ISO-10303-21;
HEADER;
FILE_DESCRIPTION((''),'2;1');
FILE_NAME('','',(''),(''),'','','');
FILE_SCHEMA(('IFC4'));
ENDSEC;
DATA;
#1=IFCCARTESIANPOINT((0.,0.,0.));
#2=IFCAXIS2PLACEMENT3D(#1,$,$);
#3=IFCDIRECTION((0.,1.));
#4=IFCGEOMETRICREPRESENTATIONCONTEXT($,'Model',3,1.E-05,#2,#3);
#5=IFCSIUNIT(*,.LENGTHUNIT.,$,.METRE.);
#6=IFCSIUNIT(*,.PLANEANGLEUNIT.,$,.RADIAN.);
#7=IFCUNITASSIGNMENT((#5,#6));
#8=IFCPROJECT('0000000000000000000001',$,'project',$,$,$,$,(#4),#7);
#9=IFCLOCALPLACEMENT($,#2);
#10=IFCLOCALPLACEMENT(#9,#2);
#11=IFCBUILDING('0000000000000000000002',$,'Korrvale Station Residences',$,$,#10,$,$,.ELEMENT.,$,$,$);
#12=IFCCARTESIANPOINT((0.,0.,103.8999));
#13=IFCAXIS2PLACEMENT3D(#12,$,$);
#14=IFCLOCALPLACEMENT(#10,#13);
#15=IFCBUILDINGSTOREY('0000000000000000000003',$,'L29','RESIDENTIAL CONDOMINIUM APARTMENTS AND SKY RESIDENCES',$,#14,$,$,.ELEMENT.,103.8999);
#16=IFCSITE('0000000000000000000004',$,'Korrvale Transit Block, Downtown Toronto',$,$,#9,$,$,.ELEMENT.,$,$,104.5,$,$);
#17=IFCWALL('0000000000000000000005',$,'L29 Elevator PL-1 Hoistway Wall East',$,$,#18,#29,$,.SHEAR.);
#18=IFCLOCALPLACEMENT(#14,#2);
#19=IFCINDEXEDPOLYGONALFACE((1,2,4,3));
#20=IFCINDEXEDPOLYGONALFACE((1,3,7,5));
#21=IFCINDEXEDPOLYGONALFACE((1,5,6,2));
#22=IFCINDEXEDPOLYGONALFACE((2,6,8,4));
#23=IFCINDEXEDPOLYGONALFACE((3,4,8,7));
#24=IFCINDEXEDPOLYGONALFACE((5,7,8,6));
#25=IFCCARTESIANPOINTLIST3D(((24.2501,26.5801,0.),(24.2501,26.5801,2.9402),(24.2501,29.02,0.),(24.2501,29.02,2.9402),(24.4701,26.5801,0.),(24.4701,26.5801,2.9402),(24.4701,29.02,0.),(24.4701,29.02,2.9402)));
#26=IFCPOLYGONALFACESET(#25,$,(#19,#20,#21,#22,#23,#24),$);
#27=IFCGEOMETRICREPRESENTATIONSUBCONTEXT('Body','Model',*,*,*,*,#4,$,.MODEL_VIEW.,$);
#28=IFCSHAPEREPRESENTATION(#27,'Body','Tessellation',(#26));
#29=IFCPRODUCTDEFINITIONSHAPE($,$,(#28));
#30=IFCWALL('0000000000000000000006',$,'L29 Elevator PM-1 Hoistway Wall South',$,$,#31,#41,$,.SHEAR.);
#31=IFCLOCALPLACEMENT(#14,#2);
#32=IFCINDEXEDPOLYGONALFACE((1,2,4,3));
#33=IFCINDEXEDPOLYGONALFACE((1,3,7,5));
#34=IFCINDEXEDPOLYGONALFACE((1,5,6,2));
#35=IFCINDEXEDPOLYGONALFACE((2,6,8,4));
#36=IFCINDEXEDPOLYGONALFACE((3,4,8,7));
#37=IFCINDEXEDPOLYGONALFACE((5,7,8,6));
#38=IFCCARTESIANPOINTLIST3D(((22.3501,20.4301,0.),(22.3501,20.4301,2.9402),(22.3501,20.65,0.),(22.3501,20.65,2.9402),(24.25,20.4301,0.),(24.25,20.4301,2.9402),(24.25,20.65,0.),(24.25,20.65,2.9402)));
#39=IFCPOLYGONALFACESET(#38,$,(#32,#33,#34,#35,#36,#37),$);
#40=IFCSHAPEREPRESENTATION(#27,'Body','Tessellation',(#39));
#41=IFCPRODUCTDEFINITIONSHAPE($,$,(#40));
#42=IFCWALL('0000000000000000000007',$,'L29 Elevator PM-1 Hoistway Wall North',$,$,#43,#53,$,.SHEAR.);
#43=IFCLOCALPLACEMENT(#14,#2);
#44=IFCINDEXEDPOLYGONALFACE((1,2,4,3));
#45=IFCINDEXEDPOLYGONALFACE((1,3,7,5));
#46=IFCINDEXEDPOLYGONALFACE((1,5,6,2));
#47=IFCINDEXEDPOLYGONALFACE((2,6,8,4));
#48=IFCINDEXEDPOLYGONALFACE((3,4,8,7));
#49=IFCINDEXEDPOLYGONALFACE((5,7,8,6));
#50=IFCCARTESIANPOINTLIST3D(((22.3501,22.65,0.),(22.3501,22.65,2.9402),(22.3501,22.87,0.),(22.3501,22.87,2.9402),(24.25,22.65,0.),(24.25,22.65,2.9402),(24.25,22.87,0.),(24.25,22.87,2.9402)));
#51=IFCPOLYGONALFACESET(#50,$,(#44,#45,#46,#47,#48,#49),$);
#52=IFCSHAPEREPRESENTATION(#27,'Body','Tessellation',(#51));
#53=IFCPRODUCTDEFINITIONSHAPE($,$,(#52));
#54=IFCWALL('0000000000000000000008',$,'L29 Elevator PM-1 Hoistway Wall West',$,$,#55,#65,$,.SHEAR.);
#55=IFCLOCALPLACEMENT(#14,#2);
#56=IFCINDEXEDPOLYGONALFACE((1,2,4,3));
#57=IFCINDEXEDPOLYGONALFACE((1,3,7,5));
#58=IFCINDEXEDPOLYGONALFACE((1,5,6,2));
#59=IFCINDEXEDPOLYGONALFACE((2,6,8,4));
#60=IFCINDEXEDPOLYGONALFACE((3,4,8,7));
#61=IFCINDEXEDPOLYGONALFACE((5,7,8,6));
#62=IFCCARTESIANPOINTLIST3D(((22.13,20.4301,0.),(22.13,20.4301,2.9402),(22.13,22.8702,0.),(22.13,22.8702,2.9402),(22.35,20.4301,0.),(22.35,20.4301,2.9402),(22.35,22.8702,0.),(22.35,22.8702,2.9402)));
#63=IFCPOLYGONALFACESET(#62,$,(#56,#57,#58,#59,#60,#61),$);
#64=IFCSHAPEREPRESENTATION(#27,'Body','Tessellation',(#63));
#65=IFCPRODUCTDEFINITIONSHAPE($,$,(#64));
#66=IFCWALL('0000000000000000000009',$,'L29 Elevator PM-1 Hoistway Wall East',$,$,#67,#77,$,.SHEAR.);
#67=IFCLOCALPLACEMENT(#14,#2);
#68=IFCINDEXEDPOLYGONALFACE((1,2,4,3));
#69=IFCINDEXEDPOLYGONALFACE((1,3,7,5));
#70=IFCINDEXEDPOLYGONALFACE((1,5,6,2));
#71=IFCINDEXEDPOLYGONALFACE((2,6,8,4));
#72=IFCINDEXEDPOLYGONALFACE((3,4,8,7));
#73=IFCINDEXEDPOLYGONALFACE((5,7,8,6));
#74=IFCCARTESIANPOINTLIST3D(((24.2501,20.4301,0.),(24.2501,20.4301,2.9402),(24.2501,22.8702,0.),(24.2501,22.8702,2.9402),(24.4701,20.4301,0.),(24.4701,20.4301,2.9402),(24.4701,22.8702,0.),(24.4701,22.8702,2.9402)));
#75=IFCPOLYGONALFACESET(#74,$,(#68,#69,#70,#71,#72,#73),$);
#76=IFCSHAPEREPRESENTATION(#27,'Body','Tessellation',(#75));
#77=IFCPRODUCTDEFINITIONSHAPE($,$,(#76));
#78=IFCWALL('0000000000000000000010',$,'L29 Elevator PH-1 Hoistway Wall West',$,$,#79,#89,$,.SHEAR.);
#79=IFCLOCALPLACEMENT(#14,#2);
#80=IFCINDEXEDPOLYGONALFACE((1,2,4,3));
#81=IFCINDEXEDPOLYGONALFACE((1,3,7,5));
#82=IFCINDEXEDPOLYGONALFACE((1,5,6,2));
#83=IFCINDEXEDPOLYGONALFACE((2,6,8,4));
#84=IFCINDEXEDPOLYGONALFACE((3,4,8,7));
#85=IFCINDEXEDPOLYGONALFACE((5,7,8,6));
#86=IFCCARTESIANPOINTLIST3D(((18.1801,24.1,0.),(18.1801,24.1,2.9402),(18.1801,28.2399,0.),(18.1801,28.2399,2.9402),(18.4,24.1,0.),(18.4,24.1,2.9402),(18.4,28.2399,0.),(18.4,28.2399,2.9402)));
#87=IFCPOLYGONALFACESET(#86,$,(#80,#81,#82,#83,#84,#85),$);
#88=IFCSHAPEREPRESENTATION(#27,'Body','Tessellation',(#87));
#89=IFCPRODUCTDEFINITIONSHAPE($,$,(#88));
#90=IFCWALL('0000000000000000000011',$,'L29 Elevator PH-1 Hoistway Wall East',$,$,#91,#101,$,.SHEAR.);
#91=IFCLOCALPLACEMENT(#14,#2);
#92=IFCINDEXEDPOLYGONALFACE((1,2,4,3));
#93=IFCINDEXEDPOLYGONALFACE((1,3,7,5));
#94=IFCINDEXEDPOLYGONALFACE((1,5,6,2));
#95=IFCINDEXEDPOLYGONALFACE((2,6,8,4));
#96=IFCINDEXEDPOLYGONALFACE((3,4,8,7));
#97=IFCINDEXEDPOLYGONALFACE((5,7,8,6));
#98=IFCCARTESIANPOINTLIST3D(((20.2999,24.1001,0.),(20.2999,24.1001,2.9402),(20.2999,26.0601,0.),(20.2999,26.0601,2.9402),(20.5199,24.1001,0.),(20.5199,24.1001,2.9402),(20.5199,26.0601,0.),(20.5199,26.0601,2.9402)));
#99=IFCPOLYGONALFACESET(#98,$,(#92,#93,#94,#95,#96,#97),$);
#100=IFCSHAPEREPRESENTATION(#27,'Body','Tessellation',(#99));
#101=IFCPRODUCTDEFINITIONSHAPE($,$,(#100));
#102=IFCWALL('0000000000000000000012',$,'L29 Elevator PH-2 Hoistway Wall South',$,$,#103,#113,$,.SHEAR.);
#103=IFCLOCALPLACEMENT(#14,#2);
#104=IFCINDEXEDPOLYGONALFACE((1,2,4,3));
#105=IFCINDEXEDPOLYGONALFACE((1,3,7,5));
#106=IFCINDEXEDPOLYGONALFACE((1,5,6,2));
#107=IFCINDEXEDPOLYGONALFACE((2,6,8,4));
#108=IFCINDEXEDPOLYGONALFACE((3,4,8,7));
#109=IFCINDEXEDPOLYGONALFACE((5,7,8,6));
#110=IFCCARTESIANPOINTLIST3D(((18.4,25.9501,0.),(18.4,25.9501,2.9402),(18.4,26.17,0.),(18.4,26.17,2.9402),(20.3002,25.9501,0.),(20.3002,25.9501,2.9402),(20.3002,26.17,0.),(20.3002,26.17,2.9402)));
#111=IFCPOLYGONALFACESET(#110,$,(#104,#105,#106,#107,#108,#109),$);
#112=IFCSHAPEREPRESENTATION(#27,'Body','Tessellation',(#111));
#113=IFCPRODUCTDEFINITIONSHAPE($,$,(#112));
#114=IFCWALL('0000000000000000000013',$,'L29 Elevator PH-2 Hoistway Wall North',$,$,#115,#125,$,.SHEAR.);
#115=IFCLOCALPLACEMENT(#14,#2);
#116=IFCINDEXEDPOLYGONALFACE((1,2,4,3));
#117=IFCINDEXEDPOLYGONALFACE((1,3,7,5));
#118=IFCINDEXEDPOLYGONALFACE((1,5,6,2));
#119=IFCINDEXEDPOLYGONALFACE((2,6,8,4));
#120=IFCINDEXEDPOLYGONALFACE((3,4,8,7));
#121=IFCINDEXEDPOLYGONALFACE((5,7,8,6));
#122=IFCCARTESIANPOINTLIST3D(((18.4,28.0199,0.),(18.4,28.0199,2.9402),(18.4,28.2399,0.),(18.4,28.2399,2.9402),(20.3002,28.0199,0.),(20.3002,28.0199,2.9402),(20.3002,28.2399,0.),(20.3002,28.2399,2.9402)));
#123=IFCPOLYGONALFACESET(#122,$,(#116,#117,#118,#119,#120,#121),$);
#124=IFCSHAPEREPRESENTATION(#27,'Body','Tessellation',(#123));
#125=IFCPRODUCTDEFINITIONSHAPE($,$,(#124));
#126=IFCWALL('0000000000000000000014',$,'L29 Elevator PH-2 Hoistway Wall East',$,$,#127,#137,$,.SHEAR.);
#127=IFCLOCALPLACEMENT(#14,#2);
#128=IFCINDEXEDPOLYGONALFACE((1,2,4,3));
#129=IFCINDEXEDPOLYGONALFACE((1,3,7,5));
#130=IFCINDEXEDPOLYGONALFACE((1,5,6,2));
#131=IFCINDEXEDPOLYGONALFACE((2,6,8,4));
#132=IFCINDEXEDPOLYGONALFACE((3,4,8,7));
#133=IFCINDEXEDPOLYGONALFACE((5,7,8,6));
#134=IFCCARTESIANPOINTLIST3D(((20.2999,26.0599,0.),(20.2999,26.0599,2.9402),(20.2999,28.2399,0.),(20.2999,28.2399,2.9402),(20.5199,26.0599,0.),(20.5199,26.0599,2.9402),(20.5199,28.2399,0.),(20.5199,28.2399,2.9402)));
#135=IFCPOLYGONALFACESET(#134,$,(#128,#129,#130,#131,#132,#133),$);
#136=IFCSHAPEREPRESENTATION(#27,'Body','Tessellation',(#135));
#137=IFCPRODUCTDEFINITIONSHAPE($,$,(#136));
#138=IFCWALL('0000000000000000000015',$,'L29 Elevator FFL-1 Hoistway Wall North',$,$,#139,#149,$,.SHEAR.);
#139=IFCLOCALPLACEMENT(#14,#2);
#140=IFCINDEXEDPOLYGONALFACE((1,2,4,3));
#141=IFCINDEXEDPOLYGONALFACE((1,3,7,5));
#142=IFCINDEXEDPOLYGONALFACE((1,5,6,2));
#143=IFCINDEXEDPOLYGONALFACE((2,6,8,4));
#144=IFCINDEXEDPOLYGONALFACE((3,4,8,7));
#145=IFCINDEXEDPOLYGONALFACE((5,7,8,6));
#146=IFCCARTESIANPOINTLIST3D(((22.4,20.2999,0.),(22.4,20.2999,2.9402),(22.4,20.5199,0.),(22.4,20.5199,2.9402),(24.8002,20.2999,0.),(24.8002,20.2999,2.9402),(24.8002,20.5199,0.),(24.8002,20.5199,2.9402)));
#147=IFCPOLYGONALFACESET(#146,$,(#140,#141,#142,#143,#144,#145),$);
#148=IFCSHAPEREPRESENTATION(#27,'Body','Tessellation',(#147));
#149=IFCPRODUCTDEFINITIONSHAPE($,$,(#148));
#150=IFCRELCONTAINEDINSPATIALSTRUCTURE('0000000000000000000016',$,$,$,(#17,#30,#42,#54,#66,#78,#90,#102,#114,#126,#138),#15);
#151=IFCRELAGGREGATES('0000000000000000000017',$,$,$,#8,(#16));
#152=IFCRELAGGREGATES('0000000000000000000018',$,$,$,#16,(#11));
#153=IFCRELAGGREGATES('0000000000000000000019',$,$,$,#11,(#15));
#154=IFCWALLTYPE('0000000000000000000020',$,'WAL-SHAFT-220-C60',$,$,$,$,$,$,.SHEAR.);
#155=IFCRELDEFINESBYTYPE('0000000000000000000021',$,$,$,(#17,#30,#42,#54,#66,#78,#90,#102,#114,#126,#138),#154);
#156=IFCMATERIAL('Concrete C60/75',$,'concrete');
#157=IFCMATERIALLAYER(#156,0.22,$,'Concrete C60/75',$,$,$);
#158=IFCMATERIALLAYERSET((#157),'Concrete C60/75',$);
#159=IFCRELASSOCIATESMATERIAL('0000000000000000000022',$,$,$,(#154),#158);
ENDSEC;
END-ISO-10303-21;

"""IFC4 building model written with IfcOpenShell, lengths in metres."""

from ifc_helpers import new_model, si_unit, direction, frame, frame_2d, origin, place, context, subcontext, project, spatial, rectangle, extrude, material, layer, layer_set, type_object, element, save


model = new_model("IFC4")

# Units and contexts
model_context = context("Model", 3, precision=1e-05, world=origin(), true_north=direction((0.0, 1.0)))
body_context = subcontext(model_context, "Body", "Model", "MODEL_VIEW")
ifc_project = project(units=[si_unit("LENGTHUNIT", "METRE"), si_unit("PLANEANGLEUNIT", "RADIAN")], contexts=[model_context])

# Site, building, storey
site_placement = place(None, origin())
site = spatial("IfcSite", under=ifc_project, at=site_placement, Name="Korrvale Transit Block, Downtown Toronto", CompositionType="ELEMENT", RefElevation=104.5)
building_placement = place(site_placement, origin())
building = spatial("IfcBuilding", under=site, at=building_placement, Name="Korrvale Station Residences", CompositionType="ELEMENT")
storey_placement = place(building_placement, frame((0.0, 0.0, 103.8999)))
storey = spatial("IfcBuildingStorey", under=building, at=storey_placement, Name="L29", Description="RESIDENTIAL CONDOMINIUM APARTMENTS AND SKY RESIDENCES", CompositionType="ELEMENT", Elevation=103.8999)

# Shared definitions
ifc_material_1 = material(Name="Concrete C60/75", Category="concrete")

# Shared definitions
ifc_layer_1 = layer(ifc_material_1, 0.22, Name="Concrete C60/75")
ifc_layer_set_1 = layer_set([ifc_layer_1], Name="Concrete C60/75")
wall_type_1 = type_object("IfcWallType", Name="WAL-SHAFT-220-C60", PredefinedType="SHEAR", material=ifc_layer_set_1)

# Walls
for number, where, z_axis, x_axis, name in (
    (1, (24.3601, 26.5801, 0.0), (0.0, 0.0, 1.0), (0.0, 1.0, 0.0), "L29 Elevator PL-1 Hoistway Wall East"),
):
    element("IfcWall", number, at=place(storey_placement, frame(where, z_axis=z_axis, x_axis=x_axis)), inside=storey, type_object=wall_type_1, Name=name, PredefinedType="SHEAR", context=body_context, shape_type="SweptSolid", body=[
        extrude(rectangle(XDim=2.4399, YDim=0.22, at=frame_2d((1.22, 0.0))), origin(), (0.0, 0.0, 1.0), 2.9402),
    ])
for number, where, z_axis, x_axis, name in (
    (2, (22.3501, 20.54, 0.0), (0.0, 0.0, 1.0), (1.0, 0.0, 0.0), "L29 Elevator PM-1 Hoistway Wall South"),
    (3, (22.3501, 22.76, 0.0), (0.0, 0.0, 1.0), (1.0, 0.0, 0.0), "L29 Elevator PM-1 Hoistway Wall North"),
):
    element("IfcWall", number, at=place(storey_placement, frame(where, z_axis=z_axis, x_axis=x_axis)), inside=storey, type_object=wall_type_1, Name=name, PredefinedType="SHEAR", context=body_context, shape_type="SweptSolid", body=[
        extrude(rectangle(XDim=1.8999, YDim=0.22, at=frame_2d((0.95, 0.0))), origin(), (0.0, 0.0, 1.0), 2.9402),
    ])
for number, where, z_axis, x_axis, name in (
    (4, (22.24, 20.4299, 0.0), (0.0, 0.0, 1.0), (0.0, 1.0, 0.0), "L29 Elevator PM-1 Hoistway Wall West"),
    (5, (24.3601, 20.4299, 0.0), (0.0, 0.0, 1.0), (0.0, 1.0, 0.0), "L29 Elevator PM-1 Hoistway Wall East"),
):
    element("IfcWall", number, at=place(storey_placement, frame(where, z_axis=z_axis, x_axis=x_axis)), inside=storey, type_object=wall_type_1, Name=name, PredefinedType="SHEAR", context=body_context, shape_type="SweptSolid", body=[
        extrude(rectangle(XDim=2.4402, YDim=0.22, at=frame_2d((1.2202, 0.0))), origin(), (0.0, 0.0, 1.0), 2.9402),
    ])
wall_1_placement = place(storey_placement, frame((18.29, 24.1001, 0.0), z_axis=(0.0, 0.0, 1.0), x_axis=(0.0, 1.0, 0.0)))
element("IfcWall", 6, at=wall_1_placement, inside=storey, type_object=wall_type_1, Name="L29 Elevator PH-1 Hoistway Wall West", PredefinedType="SHEAR", context=body_context, shape_type="SweptSolid", body=[
    extrude(rectangle(XDim=4.1399, YDim=0.22, at=frame_2d((2.0698, 0.0))), origin(), (0.0, 0.0, 1.0), 2.9402),
])
wall_2_placement = place(storey_placement, frame((20.4099, 24.1001, 0.0), z_axis=(0.0, 0.0, 1.0), x_axis=(0.0, 1.0, 0.0)))
element("IfcWall", 7, at=wall_2_placement, inside=storey, type_object=wall_type_1, Name="L29 Elevator PH-1 Hoistway Wall East", PredefinedType="SHEAR", context=body_context, shape_type="SweptSolid", body=[
    extrude(rectangle(XDim=1.96, YDim=0.22, at=frame_2d((0.98, 0.0))), origin(), (0.0, 0.0, 1.0), 2.9402),
])
for number, where, z_axis, x_axis, name in (
    (8, (18.3999, 26.0601, 0.0), (0.0, 0.0, 1.0), (1.0, 0.0, 0.0), "L29 Elevator PH-2 Hoistway Wall South"),
    (9, (18.3999, 28.1299, 0.0), (0.0, 0.0, 1.0), (1.0, 0.0, 0.0), "L29 Elevator PH-2 Hoistway Wall North"),
):
    element("IfcWall", number, at=place(storey_placement, frame(where, z_axis=z_axis, x_axis=x_axis)), inside=storey, type_object=wall_type_1, Name=name, PredefinedType="SHEAR", context=body_context, shape_type="SweptSolid", body=[
        extrude(rectangle(XDim=1.9001, YDim=0.22, at=frame_2d((0.9502, 0.0))), origin(), (0.0, 0.0, 1.0), 2.9402),
    ])
wall_3_placement = place(storey_placement, frame((20.4099, 26.0601, 0.0), z_axis=(0.0, 0.0, 1.0), x_axis=(0.0, 1.0, 0.0)))
element("IfcWall", 10, at=wall_3_placement, inside=storey, type_object=wall_type_1, Name="L29 Elevator PH-2 Hoistway Wall East", PredefinedType="SHEAR", context=body_context, shape_type="SweptSolid", body=[
    extrude(rectangle(XDim=2.1799, YDim=0.22, at=frame_2d((1.0898, 0.0))), origin(), (0.0, 0.0, 1.0), 2.9402),
])
wall_4_placement = place(storey_placement, frame((22.3999, 20.4099, 0.0), z_axis=(0.0, 0.0, 1.0), x_axis=(1.0, 0.0, 0.0)))
element("IfcWall", 11, at=wall_4_placement, inside=storey, type_object=wall_type_1, Name="L29 Elevator FFL-1 Hoistway Wall North", PredefinedType="SHEAR", context=body_context, shape_type="SweptSolid", body=[
    extrude(rectangle(XDim=2.4001, YDim=0.22, at=frame_2d((1.2002, 0.0))), origin(), (0.0, 0.0, 1.0), 2.9402),
])

save(model, "model.ifc")
